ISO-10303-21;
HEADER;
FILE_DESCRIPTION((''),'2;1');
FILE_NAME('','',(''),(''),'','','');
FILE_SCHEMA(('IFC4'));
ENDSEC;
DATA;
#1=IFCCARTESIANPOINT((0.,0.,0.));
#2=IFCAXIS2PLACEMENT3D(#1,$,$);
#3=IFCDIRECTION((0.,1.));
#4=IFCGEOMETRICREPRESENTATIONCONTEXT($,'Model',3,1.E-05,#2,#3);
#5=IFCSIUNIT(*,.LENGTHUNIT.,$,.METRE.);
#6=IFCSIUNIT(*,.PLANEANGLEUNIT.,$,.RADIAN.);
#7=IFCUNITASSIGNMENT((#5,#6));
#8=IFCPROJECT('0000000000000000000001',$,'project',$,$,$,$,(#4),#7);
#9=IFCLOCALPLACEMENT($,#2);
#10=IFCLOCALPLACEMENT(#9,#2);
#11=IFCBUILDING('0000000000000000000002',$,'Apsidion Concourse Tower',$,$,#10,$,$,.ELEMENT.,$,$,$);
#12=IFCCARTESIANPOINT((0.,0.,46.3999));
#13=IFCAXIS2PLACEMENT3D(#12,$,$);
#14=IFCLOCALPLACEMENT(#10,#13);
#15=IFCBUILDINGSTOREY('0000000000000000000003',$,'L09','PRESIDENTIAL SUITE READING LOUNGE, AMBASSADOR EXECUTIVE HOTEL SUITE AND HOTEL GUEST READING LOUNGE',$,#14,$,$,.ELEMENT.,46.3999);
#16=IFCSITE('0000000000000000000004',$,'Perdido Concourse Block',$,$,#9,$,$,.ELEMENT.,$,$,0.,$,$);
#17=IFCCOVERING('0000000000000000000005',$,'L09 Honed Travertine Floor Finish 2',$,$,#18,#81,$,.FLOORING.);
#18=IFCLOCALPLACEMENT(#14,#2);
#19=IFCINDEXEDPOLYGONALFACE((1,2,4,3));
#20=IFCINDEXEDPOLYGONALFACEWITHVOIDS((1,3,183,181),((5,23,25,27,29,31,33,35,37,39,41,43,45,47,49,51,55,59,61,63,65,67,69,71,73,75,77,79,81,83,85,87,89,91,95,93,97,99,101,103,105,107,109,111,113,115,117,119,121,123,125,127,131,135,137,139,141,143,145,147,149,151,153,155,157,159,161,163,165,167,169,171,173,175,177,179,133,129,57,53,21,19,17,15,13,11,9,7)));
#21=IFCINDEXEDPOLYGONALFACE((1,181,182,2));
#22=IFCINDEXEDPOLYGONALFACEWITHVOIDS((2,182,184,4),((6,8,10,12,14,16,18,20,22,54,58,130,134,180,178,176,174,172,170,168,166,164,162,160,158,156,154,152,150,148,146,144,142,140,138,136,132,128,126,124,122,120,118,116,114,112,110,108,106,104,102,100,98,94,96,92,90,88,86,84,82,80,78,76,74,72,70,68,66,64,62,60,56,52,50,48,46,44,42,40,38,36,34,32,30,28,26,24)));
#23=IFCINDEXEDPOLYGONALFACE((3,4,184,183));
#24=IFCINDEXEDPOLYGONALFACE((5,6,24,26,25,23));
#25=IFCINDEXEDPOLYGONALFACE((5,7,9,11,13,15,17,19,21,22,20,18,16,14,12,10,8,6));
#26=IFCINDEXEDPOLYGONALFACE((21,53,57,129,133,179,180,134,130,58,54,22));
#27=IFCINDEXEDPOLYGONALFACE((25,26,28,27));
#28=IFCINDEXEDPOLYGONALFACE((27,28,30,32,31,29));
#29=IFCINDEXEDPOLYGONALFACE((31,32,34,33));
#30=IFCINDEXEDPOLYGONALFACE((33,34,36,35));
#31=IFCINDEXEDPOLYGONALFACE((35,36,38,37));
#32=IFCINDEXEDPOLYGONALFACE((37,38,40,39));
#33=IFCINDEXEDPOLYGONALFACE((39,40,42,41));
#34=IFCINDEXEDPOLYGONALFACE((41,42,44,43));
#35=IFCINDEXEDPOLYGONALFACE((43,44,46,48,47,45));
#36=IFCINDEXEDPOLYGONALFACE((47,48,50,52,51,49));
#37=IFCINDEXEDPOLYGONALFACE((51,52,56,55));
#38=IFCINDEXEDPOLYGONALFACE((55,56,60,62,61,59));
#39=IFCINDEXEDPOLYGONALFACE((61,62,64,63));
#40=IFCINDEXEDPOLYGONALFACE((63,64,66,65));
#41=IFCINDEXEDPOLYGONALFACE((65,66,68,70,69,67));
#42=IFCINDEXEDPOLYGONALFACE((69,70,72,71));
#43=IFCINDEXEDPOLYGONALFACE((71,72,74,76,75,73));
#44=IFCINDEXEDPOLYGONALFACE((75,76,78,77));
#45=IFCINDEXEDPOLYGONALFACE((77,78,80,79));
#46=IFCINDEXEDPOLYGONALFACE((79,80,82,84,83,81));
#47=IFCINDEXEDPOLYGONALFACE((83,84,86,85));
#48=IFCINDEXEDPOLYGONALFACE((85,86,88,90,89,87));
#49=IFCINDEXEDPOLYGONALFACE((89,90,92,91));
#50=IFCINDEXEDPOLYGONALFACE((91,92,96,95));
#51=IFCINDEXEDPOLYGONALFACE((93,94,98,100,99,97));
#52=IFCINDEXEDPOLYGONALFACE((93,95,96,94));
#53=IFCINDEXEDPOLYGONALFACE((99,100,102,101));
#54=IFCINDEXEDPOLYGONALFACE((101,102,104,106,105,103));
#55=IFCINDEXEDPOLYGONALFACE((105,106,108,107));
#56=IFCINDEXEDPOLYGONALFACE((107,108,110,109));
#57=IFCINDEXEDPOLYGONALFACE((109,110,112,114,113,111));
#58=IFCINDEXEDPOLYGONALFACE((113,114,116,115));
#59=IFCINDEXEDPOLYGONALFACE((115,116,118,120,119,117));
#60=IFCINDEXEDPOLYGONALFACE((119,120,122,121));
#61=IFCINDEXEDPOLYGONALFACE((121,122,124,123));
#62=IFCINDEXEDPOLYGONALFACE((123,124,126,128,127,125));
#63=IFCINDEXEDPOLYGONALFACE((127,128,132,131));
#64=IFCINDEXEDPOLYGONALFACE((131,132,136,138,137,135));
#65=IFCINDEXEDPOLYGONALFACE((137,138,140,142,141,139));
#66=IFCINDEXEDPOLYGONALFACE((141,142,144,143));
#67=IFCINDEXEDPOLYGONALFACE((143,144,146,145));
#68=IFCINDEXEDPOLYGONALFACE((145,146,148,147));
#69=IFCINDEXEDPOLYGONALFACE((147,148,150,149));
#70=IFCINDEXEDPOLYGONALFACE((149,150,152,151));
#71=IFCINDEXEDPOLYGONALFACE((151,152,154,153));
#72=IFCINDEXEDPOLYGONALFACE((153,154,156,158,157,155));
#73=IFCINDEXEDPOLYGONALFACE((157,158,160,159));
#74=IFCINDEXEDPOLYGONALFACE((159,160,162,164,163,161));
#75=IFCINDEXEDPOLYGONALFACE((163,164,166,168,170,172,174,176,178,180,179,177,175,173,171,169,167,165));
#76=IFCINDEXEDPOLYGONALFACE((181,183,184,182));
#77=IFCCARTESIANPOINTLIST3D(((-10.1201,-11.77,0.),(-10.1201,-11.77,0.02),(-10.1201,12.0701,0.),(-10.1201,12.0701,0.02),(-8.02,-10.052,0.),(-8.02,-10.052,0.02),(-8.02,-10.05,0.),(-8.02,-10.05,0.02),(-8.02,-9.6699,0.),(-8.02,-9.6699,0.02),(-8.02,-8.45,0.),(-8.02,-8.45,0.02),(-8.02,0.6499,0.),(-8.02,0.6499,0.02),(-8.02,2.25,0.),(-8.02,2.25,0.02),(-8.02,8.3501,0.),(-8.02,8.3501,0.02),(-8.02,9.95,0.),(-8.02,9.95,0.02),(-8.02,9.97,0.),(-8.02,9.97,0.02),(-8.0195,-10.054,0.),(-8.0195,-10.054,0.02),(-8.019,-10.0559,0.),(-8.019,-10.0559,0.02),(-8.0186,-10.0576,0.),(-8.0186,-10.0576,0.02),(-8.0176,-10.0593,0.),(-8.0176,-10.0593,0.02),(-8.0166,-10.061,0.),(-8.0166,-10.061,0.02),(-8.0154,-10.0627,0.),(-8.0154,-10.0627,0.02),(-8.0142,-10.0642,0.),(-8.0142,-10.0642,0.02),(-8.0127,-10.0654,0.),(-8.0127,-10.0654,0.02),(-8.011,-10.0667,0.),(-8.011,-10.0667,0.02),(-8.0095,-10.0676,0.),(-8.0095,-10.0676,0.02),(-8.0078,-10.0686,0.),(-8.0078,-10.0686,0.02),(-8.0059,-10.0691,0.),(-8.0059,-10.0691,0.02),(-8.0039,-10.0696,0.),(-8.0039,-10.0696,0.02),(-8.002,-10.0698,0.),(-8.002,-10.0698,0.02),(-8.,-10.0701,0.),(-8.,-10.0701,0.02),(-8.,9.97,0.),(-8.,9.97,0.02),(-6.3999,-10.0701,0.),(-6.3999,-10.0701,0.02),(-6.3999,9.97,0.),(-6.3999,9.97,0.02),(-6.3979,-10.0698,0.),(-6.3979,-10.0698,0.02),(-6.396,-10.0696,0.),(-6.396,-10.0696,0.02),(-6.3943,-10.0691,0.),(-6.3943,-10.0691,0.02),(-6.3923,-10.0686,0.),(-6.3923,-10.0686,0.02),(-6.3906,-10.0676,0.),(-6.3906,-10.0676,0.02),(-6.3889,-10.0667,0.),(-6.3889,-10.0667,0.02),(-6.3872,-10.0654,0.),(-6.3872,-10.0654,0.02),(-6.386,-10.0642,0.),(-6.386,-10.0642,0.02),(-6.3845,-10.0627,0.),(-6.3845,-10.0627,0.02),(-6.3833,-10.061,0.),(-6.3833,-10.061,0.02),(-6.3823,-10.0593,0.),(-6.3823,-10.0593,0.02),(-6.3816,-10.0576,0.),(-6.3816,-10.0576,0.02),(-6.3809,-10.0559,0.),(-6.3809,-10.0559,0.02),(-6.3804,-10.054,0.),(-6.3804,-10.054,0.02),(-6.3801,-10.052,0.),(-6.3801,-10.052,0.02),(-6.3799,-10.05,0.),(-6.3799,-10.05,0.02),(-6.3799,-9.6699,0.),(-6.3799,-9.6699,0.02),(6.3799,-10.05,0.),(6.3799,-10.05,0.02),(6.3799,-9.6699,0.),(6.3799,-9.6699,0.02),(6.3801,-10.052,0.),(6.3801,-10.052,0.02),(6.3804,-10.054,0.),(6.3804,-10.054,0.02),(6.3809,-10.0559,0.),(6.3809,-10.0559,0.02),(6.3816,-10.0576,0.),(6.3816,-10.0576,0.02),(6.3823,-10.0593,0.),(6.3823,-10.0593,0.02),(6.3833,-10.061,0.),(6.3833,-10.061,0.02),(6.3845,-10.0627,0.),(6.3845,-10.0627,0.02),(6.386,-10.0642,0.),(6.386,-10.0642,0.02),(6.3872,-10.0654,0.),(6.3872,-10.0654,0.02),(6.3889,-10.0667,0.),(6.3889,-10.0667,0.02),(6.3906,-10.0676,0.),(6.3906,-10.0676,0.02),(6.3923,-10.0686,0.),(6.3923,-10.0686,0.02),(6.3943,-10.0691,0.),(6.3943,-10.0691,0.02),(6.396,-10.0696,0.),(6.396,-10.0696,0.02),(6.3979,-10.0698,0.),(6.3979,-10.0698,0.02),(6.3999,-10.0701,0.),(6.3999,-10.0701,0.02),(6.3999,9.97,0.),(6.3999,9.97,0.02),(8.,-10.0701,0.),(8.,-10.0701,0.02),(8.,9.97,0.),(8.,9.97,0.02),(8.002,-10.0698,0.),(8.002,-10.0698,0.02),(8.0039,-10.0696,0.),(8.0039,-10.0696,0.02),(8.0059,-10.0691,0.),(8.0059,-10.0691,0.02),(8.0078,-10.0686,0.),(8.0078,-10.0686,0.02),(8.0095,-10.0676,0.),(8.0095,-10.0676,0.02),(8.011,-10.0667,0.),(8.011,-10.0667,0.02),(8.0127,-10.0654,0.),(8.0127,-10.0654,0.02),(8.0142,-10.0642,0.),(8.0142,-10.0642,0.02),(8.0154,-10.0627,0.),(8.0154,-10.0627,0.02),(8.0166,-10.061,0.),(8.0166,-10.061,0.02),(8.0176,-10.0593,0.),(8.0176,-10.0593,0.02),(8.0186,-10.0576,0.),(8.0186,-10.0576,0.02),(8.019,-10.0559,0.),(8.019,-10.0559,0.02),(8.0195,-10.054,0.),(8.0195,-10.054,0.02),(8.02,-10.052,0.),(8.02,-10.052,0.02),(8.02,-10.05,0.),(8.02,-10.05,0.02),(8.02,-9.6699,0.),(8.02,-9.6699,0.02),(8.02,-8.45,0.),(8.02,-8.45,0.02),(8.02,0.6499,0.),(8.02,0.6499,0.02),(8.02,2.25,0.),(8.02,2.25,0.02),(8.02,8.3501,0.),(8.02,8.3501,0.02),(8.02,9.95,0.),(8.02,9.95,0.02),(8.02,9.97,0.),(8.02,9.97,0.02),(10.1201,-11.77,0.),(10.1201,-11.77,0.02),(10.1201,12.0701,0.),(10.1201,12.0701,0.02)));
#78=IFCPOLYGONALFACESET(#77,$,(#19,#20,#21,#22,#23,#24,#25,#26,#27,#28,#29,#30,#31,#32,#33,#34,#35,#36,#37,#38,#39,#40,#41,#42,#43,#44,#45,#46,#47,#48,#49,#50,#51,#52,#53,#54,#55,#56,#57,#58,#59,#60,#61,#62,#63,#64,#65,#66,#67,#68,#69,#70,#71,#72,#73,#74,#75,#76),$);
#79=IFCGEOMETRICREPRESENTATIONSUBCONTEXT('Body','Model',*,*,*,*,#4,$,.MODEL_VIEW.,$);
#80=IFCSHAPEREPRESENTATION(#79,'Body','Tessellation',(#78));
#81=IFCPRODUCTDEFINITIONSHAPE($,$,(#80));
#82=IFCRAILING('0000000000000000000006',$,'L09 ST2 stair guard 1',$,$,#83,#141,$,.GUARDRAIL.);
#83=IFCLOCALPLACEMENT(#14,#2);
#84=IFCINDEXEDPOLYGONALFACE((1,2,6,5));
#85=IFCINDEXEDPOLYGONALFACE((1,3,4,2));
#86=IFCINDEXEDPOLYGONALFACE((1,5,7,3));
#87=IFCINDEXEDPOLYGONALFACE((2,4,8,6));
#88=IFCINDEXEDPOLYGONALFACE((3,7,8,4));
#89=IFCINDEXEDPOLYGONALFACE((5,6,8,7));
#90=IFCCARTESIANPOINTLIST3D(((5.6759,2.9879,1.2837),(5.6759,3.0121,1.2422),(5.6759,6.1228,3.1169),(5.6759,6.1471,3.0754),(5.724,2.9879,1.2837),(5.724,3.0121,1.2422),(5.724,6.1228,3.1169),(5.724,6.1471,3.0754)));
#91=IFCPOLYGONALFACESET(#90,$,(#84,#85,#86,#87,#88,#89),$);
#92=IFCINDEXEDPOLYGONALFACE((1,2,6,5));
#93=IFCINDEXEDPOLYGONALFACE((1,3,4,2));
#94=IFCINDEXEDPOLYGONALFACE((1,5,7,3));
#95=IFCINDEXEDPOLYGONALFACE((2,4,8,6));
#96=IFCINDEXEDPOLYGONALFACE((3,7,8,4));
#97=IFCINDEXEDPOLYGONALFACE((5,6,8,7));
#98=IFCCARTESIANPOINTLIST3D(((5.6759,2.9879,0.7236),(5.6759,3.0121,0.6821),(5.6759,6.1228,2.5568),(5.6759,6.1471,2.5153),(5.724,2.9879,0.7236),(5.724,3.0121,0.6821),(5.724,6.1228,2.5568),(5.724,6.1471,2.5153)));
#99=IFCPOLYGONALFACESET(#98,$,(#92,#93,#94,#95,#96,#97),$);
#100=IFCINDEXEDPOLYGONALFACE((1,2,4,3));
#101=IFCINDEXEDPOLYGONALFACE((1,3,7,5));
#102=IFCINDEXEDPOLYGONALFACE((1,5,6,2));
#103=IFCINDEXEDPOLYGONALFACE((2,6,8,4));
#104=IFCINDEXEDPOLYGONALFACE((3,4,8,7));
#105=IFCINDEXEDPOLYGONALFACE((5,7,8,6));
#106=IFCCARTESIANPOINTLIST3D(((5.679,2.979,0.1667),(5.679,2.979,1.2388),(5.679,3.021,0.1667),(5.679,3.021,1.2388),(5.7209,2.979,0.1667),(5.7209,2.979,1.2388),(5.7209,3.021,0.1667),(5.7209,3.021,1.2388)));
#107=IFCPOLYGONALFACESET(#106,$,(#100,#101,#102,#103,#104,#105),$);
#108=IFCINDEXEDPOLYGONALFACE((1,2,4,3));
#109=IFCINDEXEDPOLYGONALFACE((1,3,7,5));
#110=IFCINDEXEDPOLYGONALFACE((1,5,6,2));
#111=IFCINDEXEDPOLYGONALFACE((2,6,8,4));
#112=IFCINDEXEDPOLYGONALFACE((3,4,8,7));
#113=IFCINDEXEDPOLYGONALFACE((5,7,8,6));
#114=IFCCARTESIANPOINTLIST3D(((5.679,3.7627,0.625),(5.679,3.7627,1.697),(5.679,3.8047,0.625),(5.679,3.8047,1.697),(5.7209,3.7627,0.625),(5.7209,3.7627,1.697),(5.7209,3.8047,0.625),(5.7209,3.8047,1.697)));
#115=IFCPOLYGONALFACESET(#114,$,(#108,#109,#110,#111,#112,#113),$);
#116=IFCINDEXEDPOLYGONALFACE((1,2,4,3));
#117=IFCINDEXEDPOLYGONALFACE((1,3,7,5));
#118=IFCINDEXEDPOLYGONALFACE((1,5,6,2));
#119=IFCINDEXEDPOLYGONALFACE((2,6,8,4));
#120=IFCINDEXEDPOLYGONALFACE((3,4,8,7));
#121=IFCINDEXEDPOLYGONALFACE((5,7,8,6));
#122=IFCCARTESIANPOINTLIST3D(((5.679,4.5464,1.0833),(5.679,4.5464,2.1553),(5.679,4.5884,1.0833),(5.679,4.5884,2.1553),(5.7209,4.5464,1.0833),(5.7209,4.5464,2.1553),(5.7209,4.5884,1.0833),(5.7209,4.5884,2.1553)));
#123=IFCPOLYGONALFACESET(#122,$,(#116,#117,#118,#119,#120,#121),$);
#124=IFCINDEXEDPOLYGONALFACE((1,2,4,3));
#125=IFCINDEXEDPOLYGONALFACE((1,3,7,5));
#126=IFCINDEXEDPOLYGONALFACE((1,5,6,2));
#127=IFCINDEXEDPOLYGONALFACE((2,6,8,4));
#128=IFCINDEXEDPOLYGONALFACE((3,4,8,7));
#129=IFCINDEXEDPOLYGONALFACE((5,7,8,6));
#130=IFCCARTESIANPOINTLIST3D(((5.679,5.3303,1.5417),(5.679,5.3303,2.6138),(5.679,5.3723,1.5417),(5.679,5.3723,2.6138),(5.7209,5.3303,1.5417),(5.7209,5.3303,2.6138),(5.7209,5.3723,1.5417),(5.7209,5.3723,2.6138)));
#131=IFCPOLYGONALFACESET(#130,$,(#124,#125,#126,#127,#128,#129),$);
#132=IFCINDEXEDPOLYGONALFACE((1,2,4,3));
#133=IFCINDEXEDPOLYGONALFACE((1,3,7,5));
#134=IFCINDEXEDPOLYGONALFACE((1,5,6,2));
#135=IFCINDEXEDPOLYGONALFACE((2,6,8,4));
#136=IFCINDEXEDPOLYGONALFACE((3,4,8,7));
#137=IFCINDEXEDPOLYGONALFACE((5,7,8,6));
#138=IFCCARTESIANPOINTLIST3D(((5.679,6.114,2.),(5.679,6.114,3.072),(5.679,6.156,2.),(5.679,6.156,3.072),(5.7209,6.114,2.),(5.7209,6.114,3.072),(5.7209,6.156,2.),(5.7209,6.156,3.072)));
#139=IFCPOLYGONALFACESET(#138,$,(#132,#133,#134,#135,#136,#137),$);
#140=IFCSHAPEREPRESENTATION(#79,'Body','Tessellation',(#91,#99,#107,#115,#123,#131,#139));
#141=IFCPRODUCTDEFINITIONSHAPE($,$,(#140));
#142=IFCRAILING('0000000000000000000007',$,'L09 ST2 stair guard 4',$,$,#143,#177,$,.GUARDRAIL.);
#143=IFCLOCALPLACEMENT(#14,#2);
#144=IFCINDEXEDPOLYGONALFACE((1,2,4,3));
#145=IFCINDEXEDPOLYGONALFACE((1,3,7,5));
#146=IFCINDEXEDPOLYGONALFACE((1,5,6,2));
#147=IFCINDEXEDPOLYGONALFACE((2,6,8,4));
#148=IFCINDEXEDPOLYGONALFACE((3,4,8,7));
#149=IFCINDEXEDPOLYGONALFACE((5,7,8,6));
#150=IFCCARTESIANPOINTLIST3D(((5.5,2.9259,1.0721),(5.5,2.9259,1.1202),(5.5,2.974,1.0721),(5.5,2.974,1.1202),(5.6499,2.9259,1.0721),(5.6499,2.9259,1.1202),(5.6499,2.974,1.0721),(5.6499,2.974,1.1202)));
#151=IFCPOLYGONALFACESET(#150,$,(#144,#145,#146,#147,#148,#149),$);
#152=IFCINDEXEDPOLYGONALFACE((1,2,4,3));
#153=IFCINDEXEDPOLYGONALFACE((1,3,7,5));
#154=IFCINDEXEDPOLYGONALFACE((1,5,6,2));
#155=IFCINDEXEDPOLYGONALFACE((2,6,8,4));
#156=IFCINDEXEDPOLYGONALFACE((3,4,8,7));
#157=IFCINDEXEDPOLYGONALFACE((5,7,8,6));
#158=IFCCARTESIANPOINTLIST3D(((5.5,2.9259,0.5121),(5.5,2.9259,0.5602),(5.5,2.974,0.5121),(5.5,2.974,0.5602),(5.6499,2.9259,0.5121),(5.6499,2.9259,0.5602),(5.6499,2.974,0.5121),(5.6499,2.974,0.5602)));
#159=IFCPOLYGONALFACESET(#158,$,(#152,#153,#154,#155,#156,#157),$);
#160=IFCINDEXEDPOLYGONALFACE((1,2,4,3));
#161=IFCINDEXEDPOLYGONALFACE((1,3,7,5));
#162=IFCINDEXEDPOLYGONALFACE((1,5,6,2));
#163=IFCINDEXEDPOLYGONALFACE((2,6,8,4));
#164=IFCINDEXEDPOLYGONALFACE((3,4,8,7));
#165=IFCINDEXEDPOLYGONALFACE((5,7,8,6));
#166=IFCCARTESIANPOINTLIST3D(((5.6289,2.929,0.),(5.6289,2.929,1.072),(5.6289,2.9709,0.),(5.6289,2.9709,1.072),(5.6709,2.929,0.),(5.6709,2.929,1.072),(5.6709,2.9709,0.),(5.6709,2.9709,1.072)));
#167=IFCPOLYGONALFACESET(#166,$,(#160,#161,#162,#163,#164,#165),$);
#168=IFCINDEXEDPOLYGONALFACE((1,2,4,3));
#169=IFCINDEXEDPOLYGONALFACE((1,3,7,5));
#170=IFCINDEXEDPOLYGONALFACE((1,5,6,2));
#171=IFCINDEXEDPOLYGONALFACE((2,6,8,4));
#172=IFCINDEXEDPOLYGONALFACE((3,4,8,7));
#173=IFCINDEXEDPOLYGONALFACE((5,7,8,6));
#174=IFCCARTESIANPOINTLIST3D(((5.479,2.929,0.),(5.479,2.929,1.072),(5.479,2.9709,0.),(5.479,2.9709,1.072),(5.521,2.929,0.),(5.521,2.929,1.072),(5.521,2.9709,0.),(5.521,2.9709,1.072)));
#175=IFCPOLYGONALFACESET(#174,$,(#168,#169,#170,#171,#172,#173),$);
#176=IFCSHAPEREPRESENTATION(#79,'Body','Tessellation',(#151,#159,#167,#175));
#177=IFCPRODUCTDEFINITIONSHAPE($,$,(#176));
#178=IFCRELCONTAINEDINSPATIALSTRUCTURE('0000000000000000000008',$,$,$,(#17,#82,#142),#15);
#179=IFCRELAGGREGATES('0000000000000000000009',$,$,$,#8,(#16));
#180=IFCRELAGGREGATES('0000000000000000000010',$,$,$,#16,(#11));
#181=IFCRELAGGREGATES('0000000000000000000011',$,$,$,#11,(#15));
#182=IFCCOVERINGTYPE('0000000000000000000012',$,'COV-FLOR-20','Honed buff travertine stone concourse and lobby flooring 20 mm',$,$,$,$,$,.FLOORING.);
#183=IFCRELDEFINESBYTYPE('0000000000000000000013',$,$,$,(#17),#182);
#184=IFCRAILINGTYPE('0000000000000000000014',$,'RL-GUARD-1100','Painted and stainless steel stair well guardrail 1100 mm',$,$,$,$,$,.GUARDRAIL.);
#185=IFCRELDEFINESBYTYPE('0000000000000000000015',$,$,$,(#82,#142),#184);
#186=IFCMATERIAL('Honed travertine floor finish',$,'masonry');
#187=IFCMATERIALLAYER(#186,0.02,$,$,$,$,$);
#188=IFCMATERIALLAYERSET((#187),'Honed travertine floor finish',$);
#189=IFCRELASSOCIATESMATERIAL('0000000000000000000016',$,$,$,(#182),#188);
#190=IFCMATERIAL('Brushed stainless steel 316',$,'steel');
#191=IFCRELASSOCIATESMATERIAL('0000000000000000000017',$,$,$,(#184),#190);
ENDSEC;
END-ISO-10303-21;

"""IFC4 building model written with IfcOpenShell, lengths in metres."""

from ifc_helpers import new_model, si_unit, direction, frame, origin, origin_2d, place, context, subcontext, project, spatial, polyline, rectangle, outline, extrude, material, layer, layer_set, type_object, element, save


model = new_model("IFC4")

# Units and contexts
model_context = context("Model", 3, precision=1e-05, world=origin(), true_north=direction((0.0, 1.0)))
body_context = subcontext(model_context, "Body", "Model", "MODEL_VIEW")
ifc_project = project(units=[si_unit("LENGTHUNIT", "METRE"), si_unit("PLANEANGLEUNIT", "RADIAN")], contexts=[model_context])

# Site, building, storey
site_placement = place(None, origin())
site = spatial("IfcSite", under=ifc_project, at=site_placement, Name="Perdido Concourse Block", CompositionType="ELEMENT", RefElevation=0.0)
building_placement = place(site_placement, origin())
building = spatial("IfcBuilding", under=site, at=building_placement, Name="Apsidion Concourse Tower", CompositionType="ELEMENT")
storey_placement = place(building_placement, frame((0.0, 0.0, 46.3999)))
storey = spatial("IfcBuildingStorey", under=building, at=storey_placement, Name="L09", Description="PRESIDENTIAL SUITE READING LOUNGE, AMBASSADOR EXECUTIVE HOTEL SUITE AND HOTEL GUEST READING LOUNGE", CompositionType="ELEMENT", Elevation=46.3999)

# Covering
ifc_material_1 = material(Name="Honed travertine floor finish", Category="masonry")
ifc_layer_1 = layer(ifc_material_1, 0.02)
ifc_layer_set_1 = layer_set([ifc_layer_1], Name="Honed travertine floor finish")
covering_type_1 = type_object("IfcCoveringType", Name="COV-FLOR-20", Description="Honed buff travertine stone concourse and lobby flooring 20 mm", PredefinedType="FLOORING", material=ifc_layer_set_1)
covering_1_placement = place(storey_placement, origin())
element("IfcCovering", 1, at=covering_1_placement, inside=storey, type_object=covering_type_1, Name="L09 Honed Travertine Floor Finish 2", PredefinedType="FLOORING", context=body_context, shape_type="SweptSolid", body=[
    extrude(outline(polyline([(10.1201, 12.0701), (10.1201, -11.77), (-10.1201, -11.77), (-10.1201, 12.0701), (10.1201, 12.0701)]), holes=[polyline([(-8.02, 9.95), (-8.02, 8.3501), (-8.02, 2.25), (-8.02, 0.6499), (-8.02, -8.45), (-8.02, -9.6699), (-8.02, -10.05), (-8.02, -10.052), (-8.0195, -10.054), (-8.019, -10.0559), (-8.0186, -10.0576), (-8.0176, -10.0593), (-8.0166, -10.061), (-8.0154, -10.0627), (-8.0142, -10.0642), (-8.0127, -10.0654), (-8.011, -10.0667), (-8.0095, -10.0676), (-8.0078, -10.0686), (-8.0059, -10.0691), (-8.0039, -10.0696), (-8.002, -10.0698), (-8.0, -10.0701), (-6.3999, -10.0701), (-6.3979, -10.0698), (-6.396, -10.0696), (-6.3943, -10.0691), (-6.3923, -10.0686), (-6.3906, -10.0676), (-6.3889, -10.0667), (-6.3872, -10.0654), (-6.386, -10.0642), (-6.3845, -10.0627), (-6.3833, -10.061), (-6.3823, -10.0593), (-6.3816, -10.0576), (-6.3809, -10.0559), (-6.3804, -10.054), (-6.3801, -10.052), (-6.3799, -10.05), (-6.3799, -9.6699), (6.3799, -9.6699), (6.3799, -10.05), (6.3801, -10.052), (6.3804, -10.054), (6.3809, -10.0559), (6.3816, -10.0576), (6.3823, -10.0593), (6.3833, -10.061), (6.3845, -10.0627), (6.386, -10.0642), (6.3872, -10.0654), (6.3889, -10.0667), (6.3906, -10.0676), (6.3923, -10.0686), (6.3943, -10.0691), (6.396, -10.0696), (6.3979, -10.0698), (6.3999, -10.0701), (8.0, -10.0701), (8.002, -10.0698), (8.0039, -10.0696), (8.0059, -10.0691), (8.0078, -10.0686), (8.0095, -10.0676), (8.011, -10.0667), (8.0127, -10.0654), (8.0142, -10.0642), (8.0154, -10.0627), (8.0166, -10.061), (8.0176, -10.0593), (8.0186, -10.0576), (8.019, -10.0559), (8.0195, -10.054), (8.02, -10.052), (8.02, -10.05), (8.02, -9.6699), (8.02, -8.45), (8.02, 0.6499), (8.02, 2.25), (8.02, 8.3501), (8.02, 9.95), (8.02, 9.97), (8.0, 9.97), (6.3999, 9.97), (-6.3999, 9.97), (-8.0, 9.97), (-8.02, 9.97), (-8.02, 9.95)])]), origin(), (0.0, 0.0, 1.0), 0.02),
])

# Railings
ifc_material_2 = material(Name="Brushed stainless steel 316", Category="steel")
railing_type_1 = type_object("IfcRailingType", Name="RL-GUARD-1100", Description="Painted and stainless steel stair well guardrail 1100 mm", PredefinedType="GUARDRAIL", material=ifc_material_2)
railing_1_placement = place(storey_placement, frame((5.7, 3.0, 0.1667)))
element("IfcRailing", 2, at=railing_1_placement, inside=storey, type_object=railing_type_1, Name="L09 ST2 stair guard 1", PredefinedType="GUARDRAIL", context=body_context, shape_type="SweptSolid", body=[
    extrude(rectangle(XDim=0.0481, YDim=0.0481, at=origin_2d()), frame((0.0, 0.0, 1.0962), z_axis=(0.0, 0.86324, 0.504794), x_axis=(-1.0, 0.0, 0.0)), (0.0, 0.0, 1.0), 3.6316),
    extrude(rectangle(XDim=0.0481, YDim=0.0481, at=origin_2d()), frame((0.0, 0.0, 0.5361), z_axis=(0.0, 0.86324, 0.504794), x_axis=(-1.0, 0.0, 0.0)), (0.0, 0.0, 1.0), 3.6316),
    extrude(rectangle(XDim=0.042, YDim=0.042, at=origin_2d()), origin(), (0.0, 0.0, 1.0), 1.072),
    extrude(rectangle(XDim=0.042, YDim=0.042, at=origin_2d()), frame((0.0, 0.7837, 0.4583)), (0.0, 0.0, 1.0), 1.072),
    extrude(rectangle(XDim=0.042, YDim=0.042, at=origin_2d()), frame((0.0, 1.5674, 0.9165)), (0.0, 0.0, 1.0), 1.072),
    extrude(rectangle(XDim=0.042, YDim=0.042, at=origin_2d()), frame((0.0, 2.3513, 1.375)), (0.0, 0.0, 1.0), 1.072),
    extrude(rectangle(XDim=0.042, YDim=0.042, at=origin_2d()), frame((0.0, 3.135, 1.8333)), (0.0, 0.0, 1.0), 1.072),
])
railing_2_placement = place(storey_placement, frame((5.6499, 2.95, 0.0)))
element("IfcRailing", 3, at=railing_2_placement, inside=storey, type_object=railing_type_1, Name="L09 ST2 stair guard 4", PredefinedType="GUARDRAIL", context=body_context, shape_type="SweptSolid", body=[
    extrude(rectangle(XDim=0.0481, YDim=0.0481, at=origin_2d()), frame((0.0, 0.0, 1.0962), z_axis=(-1.0, 0.0, 0.0), x_axis=(0.0, -1.0, 0.0)), (0.0, 0.0, 1.0), 0.1499),
    extrude(rectangle(XDim=0.0481, YDim=0.0481, at=origin_2d()), frame((0.0, 0.0, 0.5361), z_axis=(-1.0, 0.0, 0.0), x_axis=(0.0, -1.0, 0.0)), (0.0, 0.0, 1.0), 0.1499),
    extrude(rectangle(XDim=0.042, YDim=0.042, at=origin_2d()), origin(), (0.0, 0.0, 1.0), 1.072),
    extrude(rectangle(XDim=0.042, YDim=0.042, at=origin_2d()), frame((-0.1499, 0.0, 0.0)), (0.0, 0.0, 1.0), 1.072),
])

save(model, "model.ifc")
